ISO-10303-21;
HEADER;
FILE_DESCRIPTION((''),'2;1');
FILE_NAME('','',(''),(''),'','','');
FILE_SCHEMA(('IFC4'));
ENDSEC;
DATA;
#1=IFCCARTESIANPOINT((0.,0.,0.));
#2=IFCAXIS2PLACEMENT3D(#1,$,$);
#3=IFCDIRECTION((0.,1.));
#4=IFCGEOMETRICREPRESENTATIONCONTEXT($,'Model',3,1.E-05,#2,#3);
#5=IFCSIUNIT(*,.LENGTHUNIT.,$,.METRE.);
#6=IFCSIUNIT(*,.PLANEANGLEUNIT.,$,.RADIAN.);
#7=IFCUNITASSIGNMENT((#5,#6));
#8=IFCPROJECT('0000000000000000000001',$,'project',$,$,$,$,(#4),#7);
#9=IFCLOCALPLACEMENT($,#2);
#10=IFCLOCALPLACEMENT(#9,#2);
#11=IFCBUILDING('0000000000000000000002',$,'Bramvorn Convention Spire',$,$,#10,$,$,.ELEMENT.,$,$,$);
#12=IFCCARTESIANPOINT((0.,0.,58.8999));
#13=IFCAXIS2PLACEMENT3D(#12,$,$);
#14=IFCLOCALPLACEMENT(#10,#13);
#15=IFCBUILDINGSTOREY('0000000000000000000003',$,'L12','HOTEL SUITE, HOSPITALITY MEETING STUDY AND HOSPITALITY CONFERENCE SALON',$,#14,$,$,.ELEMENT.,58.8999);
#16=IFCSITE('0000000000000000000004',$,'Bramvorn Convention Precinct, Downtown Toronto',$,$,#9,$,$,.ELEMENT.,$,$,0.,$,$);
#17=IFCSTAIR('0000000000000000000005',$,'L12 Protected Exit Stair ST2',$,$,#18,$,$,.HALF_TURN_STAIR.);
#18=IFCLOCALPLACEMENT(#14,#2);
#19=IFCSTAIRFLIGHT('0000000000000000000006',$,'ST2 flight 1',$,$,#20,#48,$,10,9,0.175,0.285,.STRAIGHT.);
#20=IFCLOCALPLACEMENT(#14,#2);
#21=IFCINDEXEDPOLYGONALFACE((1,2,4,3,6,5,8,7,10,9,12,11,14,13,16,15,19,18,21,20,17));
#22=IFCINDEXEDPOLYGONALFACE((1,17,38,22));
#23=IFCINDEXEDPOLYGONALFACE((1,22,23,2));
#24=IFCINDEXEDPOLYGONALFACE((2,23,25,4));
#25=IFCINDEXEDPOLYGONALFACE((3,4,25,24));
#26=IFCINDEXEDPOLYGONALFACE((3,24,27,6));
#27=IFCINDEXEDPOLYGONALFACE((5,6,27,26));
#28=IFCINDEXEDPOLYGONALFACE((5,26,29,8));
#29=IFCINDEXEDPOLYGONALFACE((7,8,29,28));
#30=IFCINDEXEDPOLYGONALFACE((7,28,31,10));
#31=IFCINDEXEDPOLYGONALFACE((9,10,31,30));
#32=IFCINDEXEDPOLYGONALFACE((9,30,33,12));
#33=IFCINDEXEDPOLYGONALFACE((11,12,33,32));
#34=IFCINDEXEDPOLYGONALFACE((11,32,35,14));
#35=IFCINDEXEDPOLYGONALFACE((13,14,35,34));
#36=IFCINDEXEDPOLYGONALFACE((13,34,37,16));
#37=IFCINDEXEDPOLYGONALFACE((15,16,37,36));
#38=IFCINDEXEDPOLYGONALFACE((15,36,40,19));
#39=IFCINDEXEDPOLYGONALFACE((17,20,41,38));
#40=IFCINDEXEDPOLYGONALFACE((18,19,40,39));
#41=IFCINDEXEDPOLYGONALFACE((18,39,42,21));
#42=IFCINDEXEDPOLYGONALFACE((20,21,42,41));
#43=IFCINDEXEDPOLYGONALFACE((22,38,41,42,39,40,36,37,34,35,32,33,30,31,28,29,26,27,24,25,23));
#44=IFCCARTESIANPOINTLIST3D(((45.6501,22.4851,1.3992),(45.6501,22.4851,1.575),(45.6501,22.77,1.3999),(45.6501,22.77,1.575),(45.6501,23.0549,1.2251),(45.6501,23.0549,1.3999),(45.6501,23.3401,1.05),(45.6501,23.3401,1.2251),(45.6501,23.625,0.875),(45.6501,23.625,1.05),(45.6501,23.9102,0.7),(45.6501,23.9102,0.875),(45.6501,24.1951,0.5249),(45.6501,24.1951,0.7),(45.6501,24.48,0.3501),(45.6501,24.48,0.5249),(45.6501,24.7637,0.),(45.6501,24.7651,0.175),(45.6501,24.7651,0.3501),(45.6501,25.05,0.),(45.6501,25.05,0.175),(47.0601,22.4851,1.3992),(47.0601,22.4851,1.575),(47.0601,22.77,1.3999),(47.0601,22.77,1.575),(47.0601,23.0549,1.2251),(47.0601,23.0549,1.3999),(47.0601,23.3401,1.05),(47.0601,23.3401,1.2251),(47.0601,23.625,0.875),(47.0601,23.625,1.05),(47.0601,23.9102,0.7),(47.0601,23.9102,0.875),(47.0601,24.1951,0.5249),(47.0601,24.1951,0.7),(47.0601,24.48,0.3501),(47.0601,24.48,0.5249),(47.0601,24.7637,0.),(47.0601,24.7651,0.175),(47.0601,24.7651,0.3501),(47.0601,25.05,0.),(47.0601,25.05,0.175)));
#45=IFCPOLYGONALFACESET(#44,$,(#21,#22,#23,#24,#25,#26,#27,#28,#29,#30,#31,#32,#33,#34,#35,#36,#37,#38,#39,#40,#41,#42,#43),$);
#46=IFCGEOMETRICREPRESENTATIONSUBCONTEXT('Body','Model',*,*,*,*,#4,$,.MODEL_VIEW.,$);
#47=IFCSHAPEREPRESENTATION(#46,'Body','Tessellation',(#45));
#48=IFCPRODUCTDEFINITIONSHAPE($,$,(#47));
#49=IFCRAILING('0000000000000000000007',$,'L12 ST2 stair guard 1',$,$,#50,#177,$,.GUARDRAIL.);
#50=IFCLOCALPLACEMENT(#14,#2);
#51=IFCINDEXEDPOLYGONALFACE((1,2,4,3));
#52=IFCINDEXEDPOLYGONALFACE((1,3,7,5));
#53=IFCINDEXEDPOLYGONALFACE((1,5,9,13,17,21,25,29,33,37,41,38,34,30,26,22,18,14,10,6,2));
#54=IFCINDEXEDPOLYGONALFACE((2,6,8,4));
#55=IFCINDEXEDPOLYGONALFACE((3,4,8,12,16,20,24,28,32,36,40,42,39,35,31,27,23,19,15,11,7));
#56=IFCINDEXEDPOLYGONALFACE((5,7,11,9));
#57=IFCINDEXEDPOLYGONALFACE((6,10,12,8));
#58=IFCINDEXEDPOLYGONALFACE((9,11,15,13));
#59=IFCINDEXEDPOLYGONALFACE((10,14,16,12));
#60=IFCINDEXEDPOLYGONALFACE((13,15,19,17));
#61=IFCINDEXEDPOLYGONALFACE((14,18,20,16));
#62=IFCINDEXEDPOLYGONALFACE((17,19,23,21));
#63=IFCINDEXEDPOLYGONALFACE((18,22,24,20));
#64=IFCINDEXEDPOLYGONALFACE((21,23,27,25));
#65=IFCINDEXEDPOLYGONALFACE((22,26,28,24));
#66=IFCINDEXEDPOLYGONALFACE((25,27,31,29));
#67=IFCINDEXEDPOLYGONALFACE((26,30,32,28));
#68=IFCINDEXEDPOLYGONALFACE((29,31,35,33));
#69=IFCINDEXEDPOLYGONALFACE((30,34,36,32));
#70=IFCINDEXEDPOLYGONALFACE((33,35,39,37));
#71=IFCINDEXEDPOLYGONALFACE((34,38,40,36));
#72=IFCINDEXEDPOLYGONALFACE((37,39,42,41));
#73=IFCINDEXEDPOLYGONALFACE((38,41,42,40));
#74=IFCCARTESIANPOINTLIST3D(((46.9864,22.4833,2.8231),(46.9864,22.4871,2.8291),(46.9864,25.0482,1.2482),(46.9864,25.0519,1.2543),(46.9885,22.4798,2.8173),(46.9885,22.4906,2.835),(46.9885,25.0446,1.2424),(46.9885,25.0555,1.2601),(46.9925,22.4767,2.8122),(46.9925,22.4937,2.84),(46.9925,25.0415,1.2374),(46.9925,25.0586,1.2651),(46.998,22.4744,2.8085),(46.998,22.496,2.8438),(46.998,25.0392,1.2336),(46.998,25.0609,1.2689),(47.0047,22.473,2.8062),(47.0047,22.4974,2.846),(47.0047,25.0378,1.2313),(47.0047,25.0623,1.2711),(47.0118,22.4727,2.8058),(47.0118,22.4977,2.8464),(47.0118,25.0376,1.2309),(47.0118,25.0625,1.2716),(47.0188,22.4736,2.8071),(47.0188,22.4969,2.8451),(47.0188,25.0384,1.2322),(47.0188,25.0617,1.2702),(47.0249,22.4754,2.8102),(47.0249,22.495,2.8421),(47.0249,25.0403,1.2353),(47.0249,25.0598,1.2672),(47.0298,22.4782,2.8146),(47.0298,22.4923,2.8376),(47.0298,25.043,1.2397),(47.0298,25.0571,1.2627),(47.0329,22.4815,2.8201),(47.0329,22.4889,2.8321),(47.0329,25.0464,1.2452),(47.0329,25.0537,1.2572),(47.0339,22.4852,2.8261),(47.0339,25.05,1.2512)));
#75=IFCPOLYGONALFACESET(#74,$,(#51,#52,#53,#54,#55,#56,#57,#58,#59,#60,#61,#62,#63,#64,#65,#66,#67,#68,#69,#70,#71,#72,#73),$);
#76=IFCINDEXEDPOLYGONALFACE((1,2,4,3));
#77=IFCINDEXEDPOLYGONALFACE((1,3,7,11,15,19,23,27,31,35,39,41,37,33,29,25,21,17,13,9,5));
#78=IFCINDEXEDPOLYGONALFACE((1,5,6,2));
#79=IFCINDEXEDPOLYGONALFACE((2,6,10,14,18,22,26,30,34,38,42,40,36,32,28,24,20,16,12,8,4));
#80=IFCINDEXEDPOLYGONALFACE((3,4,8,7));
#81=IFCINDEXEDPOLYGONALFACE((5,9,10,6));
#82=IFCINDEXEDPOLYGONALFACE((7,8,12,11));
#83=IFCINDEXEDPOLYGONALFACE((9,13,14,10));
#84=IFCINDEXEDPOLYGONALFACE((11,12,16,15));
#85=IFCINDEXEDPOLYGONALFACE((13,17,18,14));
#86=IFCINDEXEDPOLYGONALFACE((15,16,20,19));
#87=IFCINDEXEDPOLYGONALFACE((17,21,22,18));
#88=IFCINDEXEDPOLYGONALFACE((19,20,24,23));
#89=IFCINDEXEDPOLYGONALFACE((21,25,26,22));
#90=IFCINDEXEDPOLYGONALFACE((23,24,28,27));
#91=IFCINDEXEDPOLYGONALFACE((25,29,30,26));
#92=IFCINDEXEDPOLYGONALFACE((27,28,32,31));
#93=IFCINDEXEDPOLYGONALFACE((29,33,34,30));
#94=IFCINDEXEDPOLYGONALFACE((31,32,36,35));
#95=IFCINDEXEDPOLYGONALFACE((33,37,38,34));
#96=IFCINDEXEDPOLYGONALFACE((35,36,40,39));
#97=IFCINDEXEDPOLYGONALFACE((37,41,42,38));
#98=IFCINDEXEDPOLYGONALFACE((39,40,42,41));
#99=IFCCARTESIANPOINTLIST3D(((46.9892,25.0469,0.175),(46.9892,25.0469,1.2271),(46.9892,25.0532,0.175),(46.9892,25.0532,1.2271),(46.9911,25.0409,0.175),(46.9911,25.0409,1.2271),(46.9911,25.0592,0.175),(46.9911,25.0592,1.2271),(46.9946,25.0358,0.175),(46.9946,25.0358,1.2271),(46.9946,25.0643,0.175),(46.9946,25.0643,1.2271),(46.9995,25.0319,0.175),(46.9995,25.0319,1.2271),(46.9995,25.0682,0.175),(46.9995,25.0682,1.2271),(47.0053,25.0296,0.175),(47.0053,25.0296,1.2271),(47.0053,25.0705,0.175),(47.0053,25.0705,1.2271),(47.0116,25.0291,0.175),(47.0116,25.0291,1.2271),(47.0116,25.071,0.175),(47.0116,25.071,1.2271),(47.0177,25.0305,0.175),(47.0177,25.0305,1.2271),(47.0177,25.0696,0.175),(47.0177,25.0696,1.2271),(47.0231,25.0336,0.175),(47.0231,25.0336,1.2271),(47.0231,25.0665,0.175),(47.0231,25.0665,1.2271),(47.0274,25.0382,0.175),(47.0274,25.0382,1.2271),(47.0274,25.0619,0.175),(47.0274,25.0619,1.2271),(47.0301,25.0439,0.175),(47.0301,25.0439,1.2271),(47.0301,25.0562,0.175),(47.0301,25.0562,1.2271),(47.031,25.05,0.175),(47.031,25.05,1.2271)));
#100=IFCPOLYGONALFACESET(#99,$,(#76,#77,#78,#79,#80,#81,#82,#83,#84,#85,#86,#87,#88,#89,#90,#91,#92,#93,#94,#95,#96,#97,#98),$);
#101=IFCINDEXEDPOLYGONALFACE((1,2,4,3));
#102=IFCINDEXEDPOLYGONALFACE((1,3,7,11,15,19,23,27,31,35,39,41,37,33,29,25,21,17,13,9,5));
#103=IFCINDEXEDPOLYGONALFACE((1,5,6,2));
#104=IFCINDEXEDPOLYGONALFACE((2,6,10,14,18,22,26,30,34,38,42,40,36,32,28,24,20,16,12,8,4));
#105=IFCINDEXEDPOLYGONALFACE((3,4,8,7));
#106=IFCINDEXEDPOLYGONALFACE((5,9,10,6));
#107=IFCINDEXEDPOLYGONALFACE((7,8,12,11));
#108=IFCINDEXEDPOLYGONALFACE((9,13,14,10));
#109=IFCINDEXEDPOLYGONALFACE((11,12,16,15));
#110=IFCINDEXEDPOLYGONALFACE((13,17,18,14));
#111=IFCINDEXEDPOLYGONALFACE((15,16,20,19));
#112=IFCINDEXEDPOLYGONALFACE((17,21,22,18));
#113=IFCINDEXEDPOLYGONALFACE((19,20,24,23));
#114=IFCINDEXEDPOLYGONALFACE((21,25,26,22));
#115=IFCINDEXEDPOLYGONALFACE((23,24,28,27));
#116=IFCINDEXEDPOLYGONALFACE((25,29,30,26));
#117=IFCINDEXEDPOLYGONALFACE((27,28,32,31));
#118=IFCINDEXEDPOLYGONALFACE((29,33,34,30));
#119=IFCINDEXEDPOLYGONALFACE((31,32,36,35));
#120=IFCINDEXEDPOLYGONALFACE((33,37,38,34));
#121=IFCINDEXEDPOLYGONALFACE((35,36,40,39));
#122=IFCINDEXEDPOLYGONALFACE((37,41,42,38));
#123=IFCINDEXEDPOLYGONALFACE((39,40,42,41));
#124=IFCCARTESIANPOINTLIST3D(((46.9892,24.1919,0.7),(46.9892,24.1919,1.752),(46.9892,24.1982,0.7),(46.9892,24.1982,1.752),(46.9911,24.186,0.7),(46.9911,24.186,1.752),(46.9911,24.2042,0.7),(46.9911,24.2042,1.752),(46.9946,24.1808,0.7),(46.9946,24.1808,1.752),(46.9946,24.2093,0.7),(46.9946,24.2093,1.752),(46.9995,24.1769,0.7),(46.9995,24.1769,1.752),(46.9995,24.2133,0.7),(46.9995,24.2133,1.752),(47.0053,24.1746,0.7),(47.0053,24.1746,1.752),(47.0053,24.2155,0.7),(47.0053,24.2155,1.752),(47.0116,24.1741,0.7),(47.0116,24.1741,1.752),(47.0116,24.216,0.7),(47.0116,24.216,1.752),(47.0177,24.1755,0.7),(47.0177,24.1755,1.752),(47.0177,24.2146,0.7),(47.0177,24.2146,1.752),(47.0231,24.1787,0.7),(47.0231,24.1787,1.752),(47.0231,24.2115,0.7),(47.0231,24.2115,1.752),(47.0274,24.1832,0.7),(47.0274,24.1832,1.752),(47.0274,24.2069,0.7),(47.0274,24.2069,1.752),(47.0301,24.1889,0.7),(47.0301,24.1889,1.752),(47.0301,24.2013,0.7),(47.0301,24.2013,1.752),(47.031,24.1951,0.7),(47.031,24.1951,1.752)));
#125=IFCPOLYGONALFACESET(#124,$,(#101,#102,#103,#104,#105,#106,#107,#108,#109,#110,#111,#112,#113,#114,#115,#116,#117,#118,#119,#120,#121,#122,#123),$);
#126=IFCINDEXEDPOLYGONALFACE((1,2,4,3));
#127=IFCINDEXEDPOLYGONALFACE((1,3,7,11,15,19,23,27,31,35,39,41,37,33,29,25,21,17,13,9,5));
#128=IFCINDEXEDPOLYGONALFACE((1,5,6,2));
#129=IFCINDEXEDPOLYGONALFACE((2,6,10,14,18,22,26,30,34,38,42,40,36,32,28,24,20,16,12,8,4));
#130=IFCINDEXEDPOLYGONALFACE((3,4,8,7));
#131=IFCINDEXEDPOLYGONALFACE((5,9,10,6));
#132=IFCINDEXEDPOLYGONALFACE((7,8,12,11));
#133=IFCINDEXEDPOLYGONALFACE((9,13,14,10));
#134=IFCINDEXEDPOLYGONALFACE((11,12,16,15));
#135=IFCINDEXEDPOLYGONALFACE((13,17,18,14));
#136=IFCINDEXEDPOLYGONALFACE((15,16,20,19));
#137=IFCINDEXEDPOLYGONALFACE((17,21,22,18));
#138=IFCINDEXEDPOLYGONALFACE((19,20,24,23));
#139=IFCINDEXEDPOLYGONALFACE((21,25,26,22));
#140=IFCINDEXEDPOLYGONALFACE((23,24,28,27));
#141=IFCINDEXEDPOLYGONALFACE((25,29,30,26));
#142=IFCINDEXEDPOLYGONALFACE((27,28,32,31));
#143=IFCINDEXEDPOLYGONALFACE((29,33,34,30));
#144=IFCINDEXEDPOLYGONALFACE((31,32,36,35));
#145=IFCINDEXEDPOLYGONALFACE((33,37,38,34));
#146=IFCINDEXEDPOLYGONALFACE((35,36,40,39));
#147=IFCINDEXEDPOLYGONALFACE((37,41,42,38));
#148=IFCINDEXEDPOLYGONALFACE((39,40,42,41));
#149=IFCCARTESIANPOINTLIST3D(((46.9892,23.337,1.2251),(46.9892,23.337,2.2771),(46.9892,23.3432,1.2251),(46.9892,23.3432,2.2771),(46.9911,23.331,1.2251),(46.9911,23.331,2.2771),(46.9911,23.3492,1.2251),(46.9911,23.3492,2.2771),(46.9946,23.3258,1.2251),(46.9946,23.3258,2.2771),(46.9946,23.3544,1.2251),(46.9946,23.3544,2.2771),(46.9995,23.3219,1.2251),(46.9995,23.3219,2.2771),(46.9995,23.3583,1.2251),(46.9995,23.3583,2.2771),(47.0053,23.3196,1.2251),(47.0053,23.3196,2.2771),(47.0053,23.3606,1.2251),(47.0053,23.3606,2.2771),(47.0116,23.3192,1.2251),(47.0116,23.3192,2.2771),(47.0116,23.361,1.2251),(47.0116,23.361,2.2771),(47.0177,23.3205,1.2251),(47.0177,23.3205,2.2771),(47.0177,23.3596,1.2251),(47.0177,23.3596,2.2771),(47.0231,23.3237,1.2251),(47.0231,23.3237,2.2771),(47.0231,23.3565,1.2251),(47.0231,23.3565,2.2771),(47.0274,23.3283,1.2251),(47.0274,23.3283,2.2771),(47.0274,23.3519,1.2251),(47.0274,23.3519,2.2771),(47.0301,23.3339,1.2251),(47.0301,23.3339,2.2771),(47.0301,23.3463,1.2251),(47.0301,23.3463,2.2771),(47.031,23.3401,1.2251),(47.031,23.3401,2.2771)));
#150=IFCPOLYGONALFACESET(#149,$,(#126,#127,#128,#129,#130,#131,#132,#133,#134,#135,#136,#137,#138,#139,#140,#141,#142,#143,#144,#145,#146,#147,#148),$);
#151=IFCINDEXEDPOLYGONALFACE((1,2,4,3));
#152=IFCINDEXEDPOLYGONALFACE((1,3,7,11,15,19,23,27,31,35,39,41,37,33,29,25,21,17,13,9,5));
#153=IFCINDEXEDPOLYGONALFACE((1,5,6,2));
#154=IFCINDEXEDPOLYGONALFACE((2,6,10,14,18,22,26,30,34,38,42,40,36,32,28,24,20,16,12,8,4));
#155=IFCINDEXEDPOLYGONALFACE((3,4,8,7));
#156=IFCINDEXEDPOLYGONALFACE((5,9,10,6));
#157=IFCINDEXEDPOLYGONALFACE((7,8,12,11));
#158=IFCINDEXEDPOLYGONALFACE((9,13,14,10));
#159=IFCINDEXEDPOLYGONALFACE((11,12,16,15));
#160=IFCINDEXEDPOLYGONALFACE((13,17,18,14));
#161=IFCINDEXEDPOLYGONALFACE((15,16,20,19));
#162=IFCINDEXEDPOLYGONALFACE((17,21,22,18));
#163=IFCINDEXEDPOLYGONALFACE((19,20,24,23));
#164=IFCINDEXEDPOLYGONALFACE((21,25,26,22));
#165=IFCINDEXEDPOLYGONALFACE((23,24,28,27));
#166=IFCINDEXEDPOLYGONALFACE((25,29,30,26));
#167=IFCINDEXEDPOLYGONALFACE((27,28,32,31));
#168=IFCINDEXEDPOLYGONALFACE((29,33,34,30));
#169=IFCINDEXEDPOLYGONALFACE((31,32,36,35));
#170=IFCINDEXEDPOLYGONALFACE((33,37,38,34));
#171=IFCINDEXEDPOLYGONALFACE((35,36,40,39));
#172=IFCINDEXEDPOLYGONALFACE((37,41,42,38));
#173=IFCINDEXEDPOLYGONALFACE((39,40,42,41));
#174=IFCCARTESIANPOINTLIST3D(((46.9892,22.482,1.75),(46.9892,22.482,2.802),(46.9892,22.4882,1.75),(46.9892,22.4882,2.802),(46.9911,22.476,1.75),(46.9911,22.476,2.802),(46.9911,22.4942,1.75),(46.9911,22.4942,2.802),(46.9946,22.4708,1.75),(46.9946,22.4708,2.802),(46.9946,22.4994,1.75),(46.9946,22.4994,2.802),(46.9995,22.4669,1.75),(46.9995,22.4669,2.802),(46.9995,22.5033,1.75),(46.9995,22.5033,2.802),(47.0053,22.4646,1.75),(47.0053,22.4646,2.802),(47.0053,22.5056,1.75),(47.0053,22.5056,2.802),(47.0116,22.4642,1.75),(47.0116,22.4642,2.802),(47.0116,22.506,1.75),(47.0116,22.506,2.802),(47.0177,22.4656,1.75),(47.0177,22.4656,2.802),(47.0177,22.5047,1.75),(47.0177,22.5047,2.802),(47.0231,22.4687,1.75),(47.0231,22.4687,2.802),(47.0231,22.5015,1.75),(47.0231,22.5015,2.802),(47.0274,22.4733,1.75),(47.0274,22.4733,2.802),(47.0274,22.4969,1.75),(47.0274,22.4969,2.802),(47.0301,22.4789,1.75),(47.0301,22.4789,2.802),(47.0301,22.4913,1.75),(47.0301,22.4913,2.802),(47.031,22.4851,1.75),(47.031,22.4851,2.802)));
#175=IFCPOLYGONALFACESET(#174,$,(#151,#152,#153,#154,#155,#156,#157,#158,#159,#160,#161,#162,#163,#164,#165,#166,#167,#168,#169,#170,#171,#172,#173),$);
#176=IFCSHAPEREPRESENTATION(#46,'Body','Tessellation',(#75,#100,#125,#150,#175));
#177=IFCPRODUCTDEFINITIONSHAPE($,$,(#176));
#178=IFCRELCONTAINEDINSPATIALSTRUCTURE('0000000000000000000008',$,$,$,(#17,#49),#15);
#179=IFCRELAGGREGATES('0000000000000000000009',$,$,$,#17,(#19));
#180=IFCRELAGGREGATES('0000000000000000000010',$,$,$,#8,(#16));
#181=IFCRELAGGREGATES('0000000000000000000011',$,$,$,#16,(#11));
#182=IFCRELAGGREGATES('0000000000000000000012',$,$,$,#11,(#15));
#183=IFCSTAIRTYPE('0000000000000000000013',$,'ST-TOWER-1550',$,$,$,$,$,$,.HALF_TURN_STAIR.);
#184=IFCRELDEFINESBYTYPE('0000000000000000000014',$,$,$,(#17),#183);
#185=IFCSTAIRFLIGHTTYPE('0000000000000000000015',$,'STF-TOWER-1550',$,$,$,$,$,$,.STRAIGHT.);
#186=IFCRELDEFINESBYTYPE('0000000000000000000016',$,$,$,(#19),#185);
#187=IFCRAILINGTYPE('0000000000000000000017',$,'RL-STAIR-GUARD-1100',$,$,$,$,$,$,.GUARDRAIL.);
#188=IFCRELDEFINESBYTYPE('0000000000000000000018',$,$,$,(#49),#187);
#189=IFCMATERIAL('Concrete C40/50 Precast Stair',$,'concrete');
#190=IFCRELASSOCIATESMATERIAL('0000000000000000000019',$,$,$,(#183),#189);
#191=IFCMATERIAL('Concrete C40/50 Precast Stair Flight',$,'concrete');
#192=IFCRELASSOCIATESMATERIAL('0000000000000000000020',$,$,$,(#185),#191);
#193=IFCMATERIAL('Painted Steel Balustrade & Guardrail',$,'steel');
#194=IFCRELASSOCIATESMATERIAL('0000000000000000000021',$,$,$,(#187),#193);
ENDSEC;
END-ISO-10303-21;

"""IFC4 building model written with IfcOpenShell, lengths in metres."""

from ifc_helpers import new_model, si_unit, direction, frame, origin, origin_2d, place, context, subcontext, project, spatial, polyline, circle, outline, extrude, material, type_object, element, aggregate, save


model = new_model("IFC4")

# Units and contexts
model_context = context("Model", 3, precision=1e-05, world=origin(), true_north=direction((0.0, 1.0)))
body_context = subcontext(model_context, "Body", "Model", "MODEL_VIEW")
ifc_project = project(units=[si_unit("LENGTHUNIT", "METRE"), si_unit("PLANEANGLEUNIT", "RADIAN")], contexts=[model_context])

# Site, building, storey
site_placement = place(None, origin())
site = spatial("IfcSite", under=ifc_project, at=site_placement, Name="Bramvorn Convention Precinct, Downtown Toronto", CompositionType="ELEMENT", RefElevation=0.0)
building_placement = place(site_placement, origin())
building = spatial("IfcBuilding", under=site, at=building_placement, Name="Bramvorn Convention Spire", CompositionType="ELEMENT")
storey_placement = place(building_placement, frame((0.0, 0.0, 58.8999)))
storey = spatial("IfcBuildingStorey", under=building, at=storey_placement, Name="L12", Description="HOTEL SUITE, HOSPITALITY MEETING STUDY AND HOSPITALITY CONFERENCE SALON", CompositionType="ELEMENT", Elevation=58.8999)

# Stair, stair flight
ifc_material_1 = material(Name="Concrete C40/50 Precast Stair", Category="concrete")
stair_type = type_object("IfcStairType", Name="ST-TOWER-1550", PredefinedType="HALF_TURN_STAIR", material=ifc_material_1)
stair_placement = place(storey_placement, origin())
stair = element("IfcStair", 1, at=stair_placement, inside=storey, type_object=stair_type, Name="L12 Protected Exit Stair ST2", PredefinedType="HALF_TURN_STAIR")
ifc_material_2 = material(Name="Concrete C40/50 Precast Stair Flight", Category="concrete")
stair_flight_type = type_object("IfcStairFlightType", Name="STF-TOWER-1550", PredefinedType="STRAIGHT", material=ifc_material_2)
stair_flight_placement = place(storey_placement, frame((46.355, 25.05, 0.0), z_axis=(0.0, 0.0, 1.0), x_axis=(0.0, -1.0, 0.0)))
stair_flight = element("IfcStairFlight", 2, at=stair_flight_placement, type_object=stair_flight_type, Name="ST2 flight 1", NumberOfRisers=10, NumberOfTreads=9, PredefinedType="STRAIGHT", RiserHeight=0.175, TreadLength=0.285, context=body_context, shape_type="SweptSolid", body=[
    extrude(outline(polyline([(0.0, 0.0), (0.0, 0.175), (0.2849, 0.175), (0.2849, 0.3501), (0.5701, 0.3501), (0.5701, 0.5249), (0.855, 0.5249), (0.855, 0.7), (1.1399, 0.7), (1.1399, 0.875), (1.425, 0.875), (1.425, 1.05), (1.71, 1.05), (1.71, 1.2251), (1.9951, 1.2251), (1.9951, 1.3999), (2.28, 1.3999), (2.28, 1.575), (2.5649, 1.575), (2.5649, 1.75), (2.5649, 1.3992), (0.2864, 0.0), (0.0, 0.0)])), frame((0.0, 0.7051, 0.0), z_axis=(0.0, -1.0, 0.0), x_axis=(1.0, 0.0, 0.0)), (0.0, 0.0, 1.0), 1.4099),
])
aggregate(stair, [stair_flight])

# Railing
ifc_material_3 = material(Name="Painted Steel Balustrade & Guardrail", Category="steel")
railing_type_1 = type_object("IfcRailingType", Name="RL-STAIR-GUARD-1100", PredefinedType="GUARDRAIL", material=ifc_material_3)
railing_1_placement = place(storey_placement, frame((47.01, 25.05, 0.175)))
element("IfcRailing", 3, at=railing_1_placement, inside=storey, type_object=railing_type_1, Name="L12 ST2 stair guard 1", PredefinedType="GUARDRAIL", context=body_context, shape_type="SweptSolid", body=[
    extrude(circle(Radius=0.0239, at=origin_2d()), frame((0.0, 0.0, 1.0762), z_axis=(0.0, -0.852173, 0.52326), x_axis=(1.0, 0.0, 0.0)), (0.0, 0.0, 1.0), 3.0098),
    extrude(circle(Radius=0.021, at=origin_2d()), origin(), (0.0, 0.0, 1.0), 1.052),
    extrude(circle(Radius=0.021, at=origin_2d()), frame((0.0, -0.855, 0.5249)), (0.0, 0.0, 1.0), 1.052),
    extrude(circle(Radius=0.021, at=origin_2d()), frame((0.0, -1.71, 1.05)), (0.0, 0.0, 1.0), 1.052),
    extrude(circle(Radius=0.021, at=origin_2d()), frame((0.0, -2.5649, 1.575)), (0.0, 0.0, 1.0), 1.052),
])

save(model, "model.ifc")
